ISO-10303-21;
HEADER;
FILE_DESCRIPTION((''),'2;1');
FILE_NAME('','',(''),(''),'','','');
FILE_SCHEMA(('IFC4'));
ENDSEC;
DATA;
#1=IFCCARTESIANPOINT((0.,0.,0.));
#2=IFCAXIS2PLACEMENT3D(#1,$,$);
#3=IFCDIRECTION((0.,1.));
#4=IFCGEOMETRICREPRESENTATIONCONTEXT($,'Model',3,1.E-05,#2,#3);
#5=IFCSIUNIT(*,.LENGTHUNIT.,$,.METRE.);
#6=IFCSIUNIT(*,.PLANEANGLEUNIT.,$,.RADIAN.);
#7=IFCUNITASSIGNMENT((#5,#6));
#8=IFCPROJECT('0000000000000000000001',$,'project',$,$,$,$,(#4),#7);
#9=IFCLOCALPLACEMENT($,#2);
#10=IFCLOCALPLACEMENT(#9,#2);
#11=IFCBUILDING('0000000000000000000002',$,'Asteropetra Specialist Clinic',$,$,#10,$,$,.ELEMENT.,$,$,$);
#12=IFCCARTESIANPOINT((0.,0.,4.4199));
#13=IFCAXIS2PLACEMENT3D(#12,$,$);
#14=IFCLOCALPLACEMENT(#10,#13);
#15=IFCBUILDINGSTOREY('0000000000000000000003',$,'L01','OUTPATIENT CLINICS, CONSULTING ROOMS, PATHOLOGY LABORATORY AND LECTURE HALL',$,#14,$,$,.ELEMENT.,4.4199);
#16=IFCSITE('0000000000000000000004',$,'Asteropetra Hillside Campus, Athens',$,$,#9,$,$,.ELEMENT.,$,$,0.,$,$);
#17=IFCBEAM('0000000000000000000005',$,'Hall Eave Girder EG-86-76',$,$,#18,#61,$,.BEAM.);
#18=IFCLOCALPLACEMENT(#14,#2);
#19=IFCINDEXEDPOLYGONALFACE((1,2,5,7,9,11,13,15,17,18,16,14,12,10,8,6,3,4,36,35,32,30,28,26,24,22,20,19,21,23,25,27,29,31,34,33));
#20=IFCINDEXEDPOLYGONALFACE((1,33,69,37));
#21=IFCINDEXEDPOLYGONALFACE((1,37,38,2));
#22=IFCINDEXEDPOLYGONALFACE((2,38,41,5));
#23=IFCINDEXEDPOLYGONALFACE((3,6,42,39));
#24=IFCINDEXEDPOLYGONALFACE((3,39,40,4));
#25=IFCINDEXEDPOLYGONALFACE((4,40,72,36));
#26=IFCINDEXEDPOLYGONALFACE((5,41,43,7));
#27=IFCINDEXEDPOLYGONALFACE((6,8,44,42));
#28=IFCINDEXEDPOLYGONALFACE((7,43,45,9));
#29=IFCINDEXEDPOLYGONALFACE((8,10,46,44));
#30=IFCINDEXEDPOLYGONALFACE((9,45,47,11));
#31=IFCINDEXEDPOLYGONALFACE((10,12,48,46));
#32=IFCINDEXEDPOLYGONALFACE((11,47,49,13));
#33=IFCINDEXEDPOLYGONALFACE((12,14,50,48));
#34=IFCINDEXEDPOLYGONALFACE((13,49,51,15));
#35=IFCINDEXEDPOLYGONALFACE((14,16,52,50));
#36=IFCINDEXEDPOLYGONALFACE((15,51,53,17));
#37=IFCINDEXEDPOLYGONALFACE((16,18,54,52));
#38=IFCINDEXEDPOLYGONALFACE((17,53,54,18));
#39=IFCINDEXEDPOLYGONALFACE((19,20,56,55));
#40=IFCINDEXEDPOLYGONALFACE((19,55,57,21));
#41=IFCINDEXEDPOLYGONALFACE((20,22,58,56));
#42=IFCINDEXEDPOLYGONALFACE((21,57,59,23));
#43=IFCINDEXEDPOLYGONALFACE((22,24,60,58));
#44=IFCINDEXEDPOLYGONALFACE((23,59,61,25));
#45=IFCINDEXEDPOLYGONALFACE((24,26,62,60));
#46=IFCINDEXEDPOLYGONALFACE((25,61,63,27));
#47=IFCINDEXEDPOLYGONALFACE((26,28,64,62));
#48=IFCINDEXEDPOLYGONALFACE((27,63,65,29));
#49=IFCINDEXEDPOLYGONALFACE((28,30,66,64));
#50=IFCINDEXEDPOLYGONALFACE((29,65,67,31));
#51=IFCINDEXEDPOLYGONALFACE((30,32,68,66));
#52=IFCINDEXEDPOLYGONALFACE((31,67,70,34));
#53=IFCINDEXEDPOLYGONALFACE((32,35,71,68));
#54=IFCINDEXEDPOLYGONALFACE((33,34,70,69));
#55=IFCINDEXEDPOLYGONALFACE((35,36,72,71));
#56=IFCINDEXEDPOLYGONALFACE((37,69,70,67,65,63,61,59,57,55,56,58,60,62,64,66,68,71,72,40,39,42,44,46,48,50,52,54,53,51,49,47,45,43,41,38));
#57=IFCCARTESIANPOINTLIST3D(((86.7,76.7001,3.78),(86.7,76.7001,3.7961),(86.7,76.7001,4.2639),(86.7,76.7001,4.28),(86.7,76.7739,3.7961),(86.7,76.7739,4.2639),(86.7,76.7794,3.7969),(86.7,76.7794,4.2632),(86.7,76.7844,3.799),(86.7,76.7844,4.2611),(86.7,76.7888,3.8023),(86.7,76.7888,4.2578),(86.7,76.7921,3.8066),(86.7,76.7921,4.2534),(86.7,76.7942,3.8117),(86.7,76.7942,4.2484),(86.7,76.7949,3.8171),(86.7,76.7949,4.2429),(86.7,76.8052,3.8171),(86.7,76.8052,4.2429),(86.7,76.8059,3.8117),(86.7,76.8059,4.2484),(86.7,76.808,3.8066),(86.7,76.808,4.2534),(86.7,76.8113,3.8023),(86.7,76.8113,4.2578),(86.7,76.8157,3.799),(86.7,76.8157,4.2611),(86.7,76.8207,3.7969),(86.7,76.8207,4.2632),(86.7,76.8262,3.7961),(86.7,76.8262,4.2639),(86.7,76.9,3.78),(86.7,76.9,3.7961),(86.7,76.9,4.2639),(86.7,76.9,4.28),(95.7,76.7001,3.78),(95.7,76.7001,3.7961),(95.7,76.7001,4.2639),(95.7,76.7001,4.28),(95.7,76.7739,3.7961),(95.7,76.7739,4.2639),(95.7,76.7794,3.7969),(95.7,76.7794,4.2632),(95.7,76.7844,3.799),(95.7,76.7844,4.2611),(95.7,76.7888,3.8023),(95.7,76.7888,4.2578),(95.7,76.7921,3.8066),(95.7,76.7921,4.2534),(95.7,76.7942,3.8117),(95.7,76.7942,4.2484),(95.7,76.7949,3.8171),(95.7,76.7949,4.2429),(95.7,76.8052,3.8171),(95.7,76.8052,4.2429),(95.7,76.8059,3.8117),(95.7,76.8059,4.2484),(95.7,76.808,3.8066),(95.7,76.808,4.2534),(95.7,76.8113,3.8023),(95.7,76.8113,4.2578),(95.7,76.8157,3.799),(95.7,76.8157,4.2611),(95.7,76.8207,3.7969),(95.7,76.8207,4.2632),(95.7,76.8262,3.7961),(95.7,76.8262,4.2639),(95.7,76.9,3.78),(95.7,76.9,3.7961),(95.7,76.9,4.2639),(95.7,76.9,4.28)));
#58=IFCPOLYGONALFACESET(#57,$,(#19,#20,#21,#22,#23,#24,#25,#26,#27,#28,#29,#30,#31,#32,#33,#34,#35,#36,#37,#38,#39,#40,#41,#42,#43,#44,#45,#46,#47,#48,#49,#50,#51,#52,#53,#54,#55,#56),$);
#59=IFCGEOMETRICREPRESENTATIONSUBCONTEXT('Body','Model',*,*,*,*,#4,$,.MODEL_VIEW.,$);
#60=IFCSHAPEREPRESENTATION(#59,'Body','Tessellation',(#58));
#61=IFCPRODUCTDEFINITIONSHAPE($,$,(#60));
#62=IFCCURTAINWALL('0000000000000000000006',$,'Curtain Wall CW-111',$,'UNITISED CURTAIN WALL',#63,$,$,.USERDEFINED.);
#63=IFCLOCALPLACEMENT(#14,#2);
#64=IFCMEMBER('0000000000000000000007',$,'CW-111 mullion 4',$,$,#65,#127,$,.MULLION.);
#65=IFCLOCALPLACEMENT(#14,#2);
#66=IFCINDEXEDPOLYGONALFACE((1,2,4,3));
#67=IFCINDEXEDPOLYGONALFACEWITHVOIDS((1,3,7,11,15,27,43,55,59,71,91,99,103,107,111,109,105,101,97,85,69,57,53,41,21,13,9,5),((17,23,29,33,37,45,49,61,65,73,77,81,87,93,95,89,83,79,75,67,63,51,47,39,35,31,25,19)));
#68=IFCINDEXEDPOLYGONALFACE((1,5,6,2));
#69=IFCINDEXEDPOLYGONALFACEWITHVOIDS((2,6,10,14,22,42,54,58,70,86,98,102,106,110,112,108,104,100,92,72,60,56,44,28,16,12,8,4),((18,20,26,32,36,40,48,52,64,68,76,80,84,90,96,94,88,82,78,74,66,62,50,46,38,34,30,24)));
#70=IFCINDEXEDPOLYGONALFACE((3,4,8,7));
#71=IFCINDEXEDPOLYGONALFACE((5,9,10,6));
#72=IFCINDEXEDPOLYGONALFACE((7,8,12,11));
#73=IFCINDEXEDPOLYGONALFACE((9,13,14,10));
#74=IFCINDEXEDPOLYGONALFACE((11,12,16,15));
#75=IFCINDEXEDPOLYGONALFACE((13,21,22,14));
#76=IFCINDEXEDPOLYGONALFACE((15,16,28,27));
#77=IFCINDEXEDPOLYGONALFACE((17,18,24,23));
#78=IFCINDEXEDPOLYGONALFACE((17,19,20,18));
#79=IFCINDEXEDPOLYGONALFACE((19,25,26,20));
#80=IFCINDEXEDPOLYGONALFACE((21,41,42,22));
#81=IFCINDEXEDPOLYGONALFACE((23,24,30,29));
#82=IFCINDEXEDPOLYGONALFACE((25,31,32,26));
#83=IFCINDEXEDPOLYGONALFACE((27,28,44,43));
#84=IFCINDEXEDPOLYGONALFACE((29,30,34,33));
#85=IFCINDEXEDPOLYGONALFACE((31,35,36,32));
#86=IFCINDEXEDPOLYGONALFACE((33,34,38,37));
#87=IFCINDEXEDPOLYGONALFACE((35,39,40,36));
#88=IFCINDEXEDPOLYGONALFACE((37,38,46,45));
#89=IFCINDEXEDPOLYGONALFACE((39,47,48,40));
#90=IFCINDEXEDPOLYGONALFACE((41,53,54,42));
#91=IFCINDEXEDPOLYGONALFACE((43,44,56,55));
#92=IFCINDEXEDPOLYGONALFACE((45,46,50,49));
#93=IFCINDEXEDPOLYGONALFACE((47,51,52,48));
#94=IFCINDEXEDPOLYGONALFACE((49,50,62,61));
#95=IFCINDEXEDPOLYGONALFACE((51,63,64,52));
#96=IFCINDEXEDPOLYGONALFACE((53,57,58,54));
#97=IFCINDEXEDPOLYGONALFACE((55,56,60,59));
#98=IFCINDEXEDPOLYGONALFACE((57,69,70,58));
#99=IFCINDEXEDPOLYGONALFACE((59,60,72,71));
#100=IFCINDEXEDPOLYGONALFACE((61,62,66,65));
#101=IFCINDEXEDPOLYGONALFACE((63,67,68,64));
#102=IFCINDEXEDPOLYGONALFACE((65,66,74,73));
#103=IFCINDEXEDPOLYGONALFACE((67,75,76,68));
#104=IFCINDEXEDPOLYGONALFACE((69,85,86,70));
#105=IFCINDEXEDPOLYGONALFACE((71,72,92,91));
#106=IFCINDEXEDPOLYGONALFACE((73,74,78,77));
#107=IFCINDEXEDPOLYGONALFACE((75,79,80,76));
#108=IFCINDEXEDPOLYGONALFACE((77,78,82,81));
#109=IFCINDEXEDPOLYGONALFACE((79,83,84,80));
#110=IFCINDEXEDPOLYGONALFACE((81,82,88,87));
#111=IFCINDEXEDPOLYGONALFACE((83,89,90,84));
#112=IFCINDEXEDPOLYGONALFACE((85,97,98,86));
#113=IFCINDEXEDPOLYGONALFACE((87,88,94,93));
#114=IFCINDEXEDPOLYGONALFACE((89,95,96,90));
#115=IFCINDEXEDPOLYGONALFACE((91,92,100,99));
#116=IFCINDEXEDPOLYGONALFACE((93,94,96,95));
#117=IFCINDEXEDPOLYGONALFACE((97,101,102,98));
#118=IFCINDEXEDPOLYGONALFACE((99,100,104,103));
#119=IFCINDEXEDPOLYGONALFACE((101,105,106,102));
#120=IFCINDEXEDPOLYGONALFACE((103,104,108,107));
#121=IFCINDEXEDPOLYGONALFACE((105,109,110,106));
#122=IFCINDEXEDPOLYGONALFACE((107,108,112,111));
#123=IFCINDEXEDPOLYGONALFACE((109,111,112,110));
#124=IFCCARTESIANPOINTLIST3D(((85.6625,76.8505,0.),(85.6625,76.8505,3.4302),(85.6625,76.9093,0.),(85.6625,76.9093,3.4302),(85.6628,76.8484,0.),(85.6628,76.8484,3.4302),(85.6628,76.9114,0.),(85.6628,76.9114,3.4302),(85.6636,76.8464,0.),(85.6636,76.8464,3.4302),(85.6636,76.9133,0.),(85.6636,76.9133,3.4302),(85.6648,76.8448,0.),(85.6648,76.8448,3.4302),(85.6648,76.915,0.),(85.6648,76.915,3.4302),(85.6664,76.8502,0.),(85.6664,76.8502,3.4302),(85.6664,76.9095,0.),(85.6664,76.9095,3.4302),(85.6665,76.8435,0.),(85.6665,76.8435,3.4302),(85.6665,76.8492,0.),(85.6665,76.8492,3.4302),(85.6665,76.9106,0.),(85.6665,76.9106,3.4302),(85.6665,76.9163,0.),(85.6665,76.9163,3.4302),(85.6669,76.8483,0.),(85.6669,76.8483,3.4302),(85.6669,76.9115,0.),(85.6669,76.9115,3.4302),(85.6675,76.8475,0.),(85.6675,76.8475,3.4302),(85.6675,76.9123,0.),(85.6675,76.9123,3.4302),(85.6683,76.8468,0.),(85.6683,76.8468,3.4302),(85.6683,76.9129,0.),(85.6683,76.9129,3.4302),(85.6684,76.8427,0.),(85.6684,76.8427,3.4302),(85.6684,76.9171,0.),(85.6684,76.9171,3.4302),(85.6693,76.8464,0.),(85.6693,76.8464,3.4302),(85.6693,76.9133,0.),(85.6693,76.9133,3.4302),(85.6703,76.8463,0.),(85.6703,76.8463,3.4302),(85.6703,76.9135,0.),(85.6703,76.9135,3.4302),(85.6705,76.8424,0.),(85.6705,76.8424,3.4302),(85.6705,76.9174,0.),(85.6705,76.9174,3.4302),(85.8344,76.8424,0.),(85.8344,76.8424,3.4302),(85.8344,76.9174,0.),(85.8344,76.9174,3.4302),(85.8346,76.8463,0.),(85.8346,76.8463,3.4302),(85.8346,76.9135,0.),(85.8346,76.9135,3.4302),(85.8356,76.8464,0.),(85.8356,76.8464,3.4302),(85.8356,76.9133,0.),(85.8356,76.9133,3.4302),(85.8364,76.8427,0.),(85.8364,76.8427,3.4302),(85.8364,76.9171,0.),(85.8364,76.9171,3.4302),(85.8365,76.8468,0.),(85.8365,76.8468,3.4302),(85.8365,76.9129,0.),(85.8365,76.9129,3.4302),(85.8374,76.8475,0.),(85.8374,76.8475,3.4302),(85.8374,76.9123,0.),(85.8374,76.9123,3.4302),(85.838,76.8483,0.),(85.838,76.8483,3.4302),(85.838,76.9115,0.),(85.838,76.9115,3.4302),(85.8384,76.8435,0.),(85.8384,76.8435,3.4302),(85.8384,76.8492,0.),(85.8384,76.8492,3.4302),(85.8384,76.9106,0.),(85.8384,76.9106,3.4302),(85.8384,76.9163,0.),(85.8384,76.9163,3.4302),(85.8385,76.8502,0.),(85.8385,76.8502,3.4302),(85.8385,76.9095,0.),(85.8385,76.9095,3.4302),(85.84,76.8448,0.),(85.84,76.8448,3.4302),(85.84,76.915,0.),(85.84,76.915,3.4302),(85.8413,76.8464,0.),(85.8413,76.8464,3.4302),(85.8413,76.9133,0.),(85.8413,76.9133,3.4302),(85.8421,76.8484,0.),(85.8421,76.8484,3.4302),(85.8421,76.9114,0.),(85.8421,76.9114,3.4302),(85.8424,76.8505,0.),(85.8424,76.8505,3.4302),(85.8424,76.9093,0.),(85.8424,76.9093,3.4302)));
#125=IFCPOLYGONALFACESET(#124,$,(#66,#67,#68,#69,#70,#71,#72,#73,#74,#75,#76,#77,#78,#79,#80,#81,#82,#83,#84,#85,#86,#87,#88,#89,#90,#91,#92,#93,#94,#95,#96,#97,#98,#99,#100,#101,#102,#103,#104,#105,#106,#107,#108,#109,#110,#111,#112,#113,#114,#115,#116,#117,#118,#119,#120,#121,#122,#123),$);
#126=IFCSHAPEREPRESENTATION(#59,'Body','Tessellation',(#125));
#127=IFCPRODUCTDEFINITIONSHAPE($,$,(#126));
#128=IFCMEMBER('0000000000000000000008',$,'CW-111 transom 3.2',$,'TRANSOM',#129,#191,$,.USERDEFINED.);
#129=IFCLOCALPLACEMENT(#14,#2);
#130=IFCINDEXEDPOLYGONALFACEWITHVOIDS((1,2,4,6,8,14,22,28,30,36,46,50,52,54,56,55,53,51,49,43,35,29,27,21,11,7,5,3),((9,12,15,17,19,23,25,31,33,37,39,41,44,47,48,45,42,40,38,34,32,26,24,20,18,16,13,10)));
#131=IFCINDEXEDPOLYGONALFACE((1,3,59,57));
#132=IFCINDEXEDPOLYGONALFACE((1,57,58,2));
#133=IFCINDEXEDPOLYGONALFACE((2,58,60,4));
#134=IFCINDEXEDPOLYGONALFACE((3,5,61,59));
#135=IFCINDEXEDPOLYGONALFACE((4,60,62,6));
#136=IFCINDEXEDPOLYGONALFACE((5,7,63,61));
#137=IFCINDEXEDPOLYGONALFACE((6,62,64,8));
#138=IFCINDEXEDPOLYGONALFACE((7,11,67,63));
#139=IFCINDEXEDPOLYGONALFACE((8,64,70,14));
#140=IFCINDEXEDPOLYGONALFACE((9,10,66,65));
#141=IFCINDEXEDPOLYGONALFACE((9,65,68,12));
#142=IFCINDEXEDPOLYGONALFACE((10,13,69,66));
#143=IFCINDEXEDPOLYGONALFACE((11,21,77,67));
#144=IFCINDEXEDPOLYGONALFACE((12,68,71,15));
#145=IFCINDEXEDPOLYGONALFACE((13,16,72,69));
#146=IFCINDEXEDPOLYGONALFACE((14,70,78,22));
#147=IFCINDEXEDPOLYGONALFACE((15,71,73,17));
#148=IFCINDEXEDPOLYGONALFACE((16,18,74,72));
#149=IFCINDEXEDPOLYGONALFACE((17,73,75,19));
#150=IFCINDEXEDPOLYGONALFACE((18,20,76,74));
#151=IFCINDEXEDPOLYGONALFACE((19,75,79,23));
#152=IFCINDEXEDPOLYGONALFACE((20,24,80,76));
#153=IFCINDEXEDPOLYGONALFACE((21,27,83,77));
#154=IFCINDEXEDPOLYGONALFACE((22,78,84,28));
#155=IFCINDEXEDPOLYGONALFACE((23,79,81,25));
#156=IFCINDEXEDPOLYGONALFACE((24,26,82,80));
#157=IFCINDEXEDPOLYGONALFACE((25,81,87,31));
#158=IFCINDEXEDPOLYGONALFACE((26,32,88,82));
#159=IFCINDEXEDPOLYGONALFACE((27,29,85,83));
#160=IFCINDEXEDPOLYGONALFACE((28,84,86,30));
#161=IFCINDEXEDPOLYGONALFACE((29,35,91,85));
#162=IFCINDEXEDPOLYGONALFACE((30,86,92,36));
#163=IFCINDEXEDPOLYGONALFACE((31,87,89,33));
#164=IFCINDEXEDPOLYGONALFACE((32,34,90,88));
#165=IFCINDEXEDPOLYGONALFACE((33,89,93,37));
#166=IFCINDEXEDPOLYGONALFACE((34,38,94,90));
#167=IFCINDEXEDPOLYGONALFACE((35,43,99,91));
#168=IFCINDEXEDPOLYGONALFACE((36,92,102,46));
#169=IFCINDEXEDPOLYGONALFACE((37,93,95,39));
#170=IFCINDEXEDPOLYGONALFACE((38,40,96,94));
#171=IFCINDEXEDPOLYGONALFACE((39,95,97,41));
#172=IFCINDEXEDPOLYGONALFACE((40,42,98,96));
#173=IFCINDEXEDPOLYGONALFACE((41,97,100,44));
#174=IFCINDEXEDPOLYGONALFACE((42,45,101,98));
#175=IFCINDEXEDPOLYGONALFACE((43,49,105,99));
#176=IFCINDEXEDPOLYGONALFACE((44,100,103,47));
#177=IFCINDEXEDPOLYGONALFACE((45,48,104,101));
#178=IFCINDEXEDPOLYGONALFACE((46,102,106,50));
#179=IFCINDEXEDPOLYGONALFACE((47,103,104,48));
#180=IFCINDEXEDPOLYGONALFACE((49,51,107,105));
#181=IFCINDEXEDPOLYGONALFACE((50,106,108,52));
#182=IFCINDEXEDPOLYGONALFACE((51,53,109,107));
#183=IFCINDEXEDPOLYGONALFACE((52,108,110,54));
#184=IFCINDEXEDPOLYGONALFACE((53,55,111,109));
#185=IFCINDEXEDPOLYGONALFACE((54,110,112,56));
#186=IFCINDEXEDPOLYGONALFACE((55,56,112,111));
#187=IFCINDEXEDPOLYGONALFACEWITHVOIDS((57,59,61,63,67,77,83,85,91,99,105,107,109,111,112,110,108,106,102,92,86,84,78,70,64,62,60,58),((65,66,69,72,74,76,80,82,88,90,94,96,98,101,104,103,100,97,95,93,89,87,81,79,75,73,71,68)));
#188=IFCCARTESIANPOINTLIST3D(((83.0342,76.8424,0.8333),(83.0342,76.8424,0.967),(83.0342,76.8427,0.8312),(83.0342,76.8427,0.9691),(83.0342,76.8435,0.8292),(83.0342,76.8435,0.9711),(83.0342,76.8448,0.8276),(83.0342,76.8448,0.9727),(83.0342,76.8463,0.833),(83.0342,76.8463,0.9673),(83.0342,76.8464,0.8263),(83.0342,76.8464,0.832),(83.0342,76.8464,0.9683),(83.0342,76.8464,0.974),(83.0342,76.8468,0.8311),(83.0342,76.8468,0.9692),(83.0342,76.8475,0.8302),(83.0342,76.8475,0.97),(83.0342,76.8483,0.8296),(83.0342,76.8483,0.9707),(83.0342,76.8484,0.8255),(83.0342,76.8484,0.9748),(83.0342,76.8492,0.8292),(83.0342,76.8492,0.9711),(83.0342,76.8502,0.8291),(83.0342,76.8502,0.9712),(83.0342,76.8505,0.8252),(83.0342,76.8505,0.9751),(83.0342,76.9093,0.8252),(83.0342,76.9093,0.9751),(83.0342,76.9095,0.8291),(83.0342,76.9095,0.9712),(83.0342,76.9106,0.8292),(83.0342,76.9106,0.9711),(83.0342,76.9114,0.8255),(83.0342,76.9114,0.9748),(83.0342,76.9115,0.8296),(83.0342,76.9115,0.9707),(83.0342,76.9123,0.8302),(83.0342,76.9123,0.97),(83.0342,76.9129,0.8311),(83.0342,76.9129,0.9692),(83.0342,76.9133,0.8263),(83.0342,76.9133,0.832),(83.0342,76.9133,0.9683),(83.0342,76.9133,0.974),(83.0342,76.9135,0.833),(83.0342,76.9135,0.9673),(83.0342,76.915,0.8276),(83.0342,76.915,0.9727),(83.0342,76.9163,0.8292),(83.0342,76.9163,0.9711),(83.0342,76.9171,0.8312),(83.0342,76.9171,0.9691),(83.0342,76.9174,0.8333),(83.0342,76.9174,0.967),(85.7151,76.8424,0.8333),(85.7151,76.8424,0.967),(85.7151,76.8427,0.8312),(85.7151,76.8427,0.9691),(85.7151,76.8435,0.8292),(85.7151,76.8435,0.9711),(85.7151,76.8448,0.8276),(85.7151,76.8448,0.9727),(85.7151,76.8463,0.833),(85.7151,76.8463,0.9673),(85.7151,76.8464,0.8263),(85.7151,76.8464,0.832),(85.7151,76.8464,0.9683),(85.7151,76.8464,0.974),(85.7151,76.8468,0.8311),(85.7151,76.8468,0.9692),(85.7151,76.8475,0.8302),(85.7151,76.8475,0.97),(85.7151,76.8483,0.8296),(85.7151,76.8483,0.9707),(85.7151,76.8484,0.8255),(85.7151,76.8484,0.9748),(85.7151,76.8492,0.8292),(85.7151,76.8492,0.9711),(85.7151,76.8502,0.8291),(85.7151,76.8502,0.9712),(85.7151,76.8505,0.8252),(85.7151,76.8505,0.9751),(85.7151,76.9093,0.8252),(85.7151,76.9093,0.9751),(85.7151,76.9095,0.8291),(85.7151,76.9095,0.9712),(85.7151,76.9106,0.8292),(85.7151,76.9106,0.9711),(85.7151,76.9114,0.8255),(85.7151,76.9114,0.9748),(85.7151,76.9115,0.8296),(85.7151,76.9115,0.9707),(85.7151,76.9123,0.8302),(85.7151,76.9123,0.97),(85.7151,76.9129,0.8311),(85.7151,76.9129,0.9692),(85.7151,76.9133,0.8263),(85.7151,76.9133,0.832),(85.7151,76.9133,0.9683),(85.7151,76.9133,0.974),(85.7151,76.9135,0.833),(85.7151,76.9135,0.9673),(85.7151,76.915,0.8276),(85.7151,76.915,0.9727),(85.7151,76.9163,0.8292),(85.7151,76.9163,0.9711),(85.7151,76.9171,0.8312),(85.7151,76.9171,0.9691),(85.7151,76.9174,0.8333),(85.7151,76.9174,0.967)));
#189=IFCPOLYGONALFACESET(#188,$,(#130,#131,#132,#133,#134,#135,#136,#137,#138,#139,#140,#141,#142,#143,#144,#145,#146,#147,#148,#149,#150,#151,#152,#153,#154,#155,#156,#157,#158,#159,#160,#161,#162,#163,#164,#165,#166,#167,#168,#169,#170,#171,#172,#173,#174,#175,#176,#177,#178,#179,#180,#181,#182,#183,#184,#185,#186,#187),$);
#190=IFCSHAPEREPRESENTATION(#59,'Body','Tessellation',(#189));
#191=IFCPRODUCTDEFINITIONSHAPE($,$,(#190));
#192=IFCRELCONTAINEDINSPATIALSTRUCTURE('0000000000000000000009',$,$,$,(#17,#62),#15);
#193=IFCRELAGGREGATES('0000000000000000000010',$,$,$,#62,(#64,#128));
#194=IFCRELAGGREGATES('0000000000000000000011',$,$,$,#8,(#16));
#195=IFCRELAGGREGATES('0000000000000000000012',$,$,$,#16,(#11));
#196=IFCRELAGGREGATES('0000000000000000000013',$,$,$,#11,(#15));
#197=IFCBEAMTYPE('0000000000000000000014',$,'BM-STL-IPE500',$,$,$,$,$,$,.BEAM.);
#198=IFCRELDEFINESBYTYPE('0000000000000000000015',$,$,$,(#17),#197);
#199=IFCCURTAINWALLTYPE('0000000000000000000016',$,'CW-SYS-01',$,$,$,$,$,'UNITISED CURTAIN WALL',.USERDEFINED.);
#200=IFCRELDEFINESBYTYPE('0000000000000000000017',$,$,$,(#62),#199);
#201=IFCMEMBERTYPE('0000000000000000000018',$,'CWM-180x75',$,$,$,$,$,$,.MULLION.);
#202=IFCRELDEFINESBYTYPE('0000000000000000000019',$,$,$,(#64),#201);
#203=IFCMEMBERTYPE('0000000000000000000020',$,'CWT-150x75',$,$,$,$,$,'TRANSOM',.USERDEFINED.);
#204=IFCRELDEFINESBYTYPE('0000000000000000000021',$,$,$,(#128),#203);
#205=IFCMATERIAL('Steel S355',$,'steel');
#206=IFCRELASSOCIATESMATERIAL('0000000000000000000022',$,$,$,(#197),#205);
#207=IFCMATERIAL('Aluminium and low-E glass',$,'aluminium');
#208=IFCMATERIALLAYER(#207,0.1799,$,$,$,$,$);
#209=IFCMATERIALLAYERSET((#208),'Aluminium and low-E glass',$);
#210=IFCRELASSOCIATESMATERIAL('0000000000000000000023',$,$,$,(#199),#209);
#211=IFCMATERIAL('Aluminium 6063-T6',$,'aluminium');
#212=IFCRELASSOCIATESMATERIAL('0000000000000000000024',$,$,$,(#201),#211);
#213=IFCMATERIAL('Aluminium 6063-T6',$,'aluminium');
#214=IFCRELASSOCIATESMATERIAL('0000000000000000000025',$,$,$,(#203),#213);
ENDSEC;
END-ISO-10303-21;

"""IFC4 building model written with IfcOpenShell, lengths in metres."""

from ifc_helpers import new_model, si_unit, direction, frame, origin, origin_2d, place, context, subcontext, project, spatial, hollow_rectangle, i_section, extrude, material, layer, layer_set, material_profile, profile_set, type_object, element, aggregate, save


model = new_model("IFC4")

# Units and contexts
model_context = context("Model", 3, precision=1e-05, world=origin(), true_north=direction((0.0, 1.0)))
body_context = subcontext(model_context, "Body", "Model", "MODEL_VIEW")
ifc_project = project(units=[si_unit("LENGTHUNIT", "METRE"), si_unit("PLANEANGLEUNIT", "RADIAN")], contexts=[model_context])

# Site, building, storey
site_placement = place(None, origin())
site = spatial("IfcSite", under=ifc_project, at=site_placement, Name="Asteropetra Hillside Campus, Athens", CompositionType="ELEMENT", RefElevation=0.0)
building_placement = place(site_placement, origin())
building = spatial("IfcBuilding", under=site, at=building_placement, Name="Asteropetra Specialist Clinic", CompositionType="ELEMENT")
storey_placement = place(building_placement, frame((0.0, 0.0, 4.4199)))
storey = spatial("IfcBuildingStorey", under=building, at=storey_placement, Name="L01", Description="OUTPATIENT CLINICS, CONSULTING ROOMS, PATHOLOGY LABORATORY AND LECTURE HALL", CompositionType="ELEMENT", Elevation=4.4199)

# Beam
ifc_material_1 = material(Name="Steel S355", Category="steel")
ifc_material_profile_1 = material_profile(ifc_material_1, i_section(OverallWidth=0.2, OverallDepth=0.5, WebThickness=0.0103, FlangeThickness=0.0161, FilletRadius=0.021, at=origin_2d()), Name="IPE 500")
ifc_profile_set_1 = profile_set([ifc_material_profile_1], Name="Steel S355")
beam_type_1 = type_object("IfcBeamType", Name="BM-STL-IPE500", PredefinedType="BEAM", material=ifc_profile_set_1)
beam_1_placement = place(storey_placement, frame((86.7, 76.8, 4.03), z_axis=(1.0, 0.0, 0.0), x_axis=(0.0, 1.0, 0.0)))
element("IfcBeam", 1, at=beam_1_placement, inside=storey, type_object=beam_type_1, Name="Hall Eave Girder EG-86-76", PredefinedType="BEAM", context=body_context, shape_type="SweptSolid", body=[
    extrude(i_section(OverallWidth=0.2, OverallDepth=0.5, WebThickness=0.0103, FlangeThickness=0.0161, FilletRadius=0.021, at=origin_2d()), origin(), (0.0, 0.0, 1.0), 9.0),
])

# Curtain wall, members
ifc_material_2 = material(Name="Aluminium and low-E glass", Category="aluminium")
ifc_layer_1 = layer(ifc_material_2, 0.1799)
ifc_layer_set_1 = layer_set([ifc_layer_1], Name="Aluminium and low-E glass")
curtain_wall_type_1 = type_object("IfcCurtainWallType", Name="CW-SYS-01", ElementType="UNITISED CURTAIN WALL", PredefinedType="USERDEFINED", material=ifc_layer_set_1)
curtain_wall_1_placement = place(storey_placement, origin())
curtain_wall_1 = element("IfcCurtainWall", 2, at=curtain_wall_1_placement, inside=storey, type_object=curtain_wall_type_1, Name="Curtain Wall CW-111", ObjectType="UNITISED CURTAIN WALL", PredefinedType="USERDEFINED")
ifc_material_3 = material(Name="Aluminium 6063-T6", Category="aluminium")
ifc_material_profile_2 = material_profile(ifc_material_3, hollow_rectangle(XDim=0.075, YDim=0.1799, WallThickness=0.0039, InnerFilletRadius=0.0039, OuterFilletRadius=0.0081, at=origin_2d()), Name="MUL 180x75x4.0")
ifc_profile_set_2 = profile_set([ifc_material_profile_2], Name="Aluminium 6063-T6")
member_type_1 = type_object("IfcMemberType", Name="CWM-180x75", PredefinedType="MULLION", material=ifc_profile_set_2)
member_1_placement = place(storey_placement, frame((85.7524, 76.8799, 0.0), z_axis=(0.0, 0.0, 1.0), x_axis=(0.0, 1.0, 0.0)))
member_1 = element("IfcMember", 3, at=member_1_placement, type_object=member_type_1, Name="CW-111 mullion 4", PredefinedType="MULLION", context=body_context, shape_type="SweptSolid", body=[
    extrude(hollow_rectangle(XDim=0.075, YDim=0.1799, WallThickness=0.0039, InnerFilletRadius=0.0039, OuterFilletRadius=0.0081, at=origin_2d()), origin(), (0.0, 0.0, 1.0), 3.4302),
])
ifc_material_4 = material(Name="Aluminium 6063-T6", Category="aluminium")
ifc_material_profile_3 = material_profile(ifc_material_4, hollow_rectangle(XDim=0.075, YDim=0.1499, WallThickness=0.0039, InnerFilletRadius=0.0039, OuterFilletRadius=0.0081, at=origin_2d()), Name="TRN 150x75x4.0")
ifc_profile_set_3 = profile_set([ifc_material_profile_3], Name="Aluminium 6063-T6")
member_type_2 = type_object("IfcMemberType", Name="CWT-150x75", ElementType="TRANSOM", PredefinedType="USERDEFINED", material=ifc_profile_set_3)
member_2_placement = place(storey_placement, frame((83.0342, 76.8799, 0.9001), z_axis=(1.0, 0.0, 0.0), x_axis=(0.0, 1.0, 0.0)))
member_2 = element("IfcMember", 4, at=member_2_placement, type_object=member_type_2, Name="CW-111 transom 3.2", ObjectType="TRANSOM", PredefinedType="USERDEFINED", context=body_context, shape_type="SweptSolid", body=[
    extrude(hollow_rectangle(XDim=0.075, YDim=0.1499, WallThickness=0.0039, InnerFilletRadius=0.0039, OuterFilletRadius=0.0081, at=origin_2d()), origin(), (0.0, 0.0, 1.0), 2.6809),
])

aggregate(curtain_wall_1, [member_1, member_2])

save(model, "model.ifc")
